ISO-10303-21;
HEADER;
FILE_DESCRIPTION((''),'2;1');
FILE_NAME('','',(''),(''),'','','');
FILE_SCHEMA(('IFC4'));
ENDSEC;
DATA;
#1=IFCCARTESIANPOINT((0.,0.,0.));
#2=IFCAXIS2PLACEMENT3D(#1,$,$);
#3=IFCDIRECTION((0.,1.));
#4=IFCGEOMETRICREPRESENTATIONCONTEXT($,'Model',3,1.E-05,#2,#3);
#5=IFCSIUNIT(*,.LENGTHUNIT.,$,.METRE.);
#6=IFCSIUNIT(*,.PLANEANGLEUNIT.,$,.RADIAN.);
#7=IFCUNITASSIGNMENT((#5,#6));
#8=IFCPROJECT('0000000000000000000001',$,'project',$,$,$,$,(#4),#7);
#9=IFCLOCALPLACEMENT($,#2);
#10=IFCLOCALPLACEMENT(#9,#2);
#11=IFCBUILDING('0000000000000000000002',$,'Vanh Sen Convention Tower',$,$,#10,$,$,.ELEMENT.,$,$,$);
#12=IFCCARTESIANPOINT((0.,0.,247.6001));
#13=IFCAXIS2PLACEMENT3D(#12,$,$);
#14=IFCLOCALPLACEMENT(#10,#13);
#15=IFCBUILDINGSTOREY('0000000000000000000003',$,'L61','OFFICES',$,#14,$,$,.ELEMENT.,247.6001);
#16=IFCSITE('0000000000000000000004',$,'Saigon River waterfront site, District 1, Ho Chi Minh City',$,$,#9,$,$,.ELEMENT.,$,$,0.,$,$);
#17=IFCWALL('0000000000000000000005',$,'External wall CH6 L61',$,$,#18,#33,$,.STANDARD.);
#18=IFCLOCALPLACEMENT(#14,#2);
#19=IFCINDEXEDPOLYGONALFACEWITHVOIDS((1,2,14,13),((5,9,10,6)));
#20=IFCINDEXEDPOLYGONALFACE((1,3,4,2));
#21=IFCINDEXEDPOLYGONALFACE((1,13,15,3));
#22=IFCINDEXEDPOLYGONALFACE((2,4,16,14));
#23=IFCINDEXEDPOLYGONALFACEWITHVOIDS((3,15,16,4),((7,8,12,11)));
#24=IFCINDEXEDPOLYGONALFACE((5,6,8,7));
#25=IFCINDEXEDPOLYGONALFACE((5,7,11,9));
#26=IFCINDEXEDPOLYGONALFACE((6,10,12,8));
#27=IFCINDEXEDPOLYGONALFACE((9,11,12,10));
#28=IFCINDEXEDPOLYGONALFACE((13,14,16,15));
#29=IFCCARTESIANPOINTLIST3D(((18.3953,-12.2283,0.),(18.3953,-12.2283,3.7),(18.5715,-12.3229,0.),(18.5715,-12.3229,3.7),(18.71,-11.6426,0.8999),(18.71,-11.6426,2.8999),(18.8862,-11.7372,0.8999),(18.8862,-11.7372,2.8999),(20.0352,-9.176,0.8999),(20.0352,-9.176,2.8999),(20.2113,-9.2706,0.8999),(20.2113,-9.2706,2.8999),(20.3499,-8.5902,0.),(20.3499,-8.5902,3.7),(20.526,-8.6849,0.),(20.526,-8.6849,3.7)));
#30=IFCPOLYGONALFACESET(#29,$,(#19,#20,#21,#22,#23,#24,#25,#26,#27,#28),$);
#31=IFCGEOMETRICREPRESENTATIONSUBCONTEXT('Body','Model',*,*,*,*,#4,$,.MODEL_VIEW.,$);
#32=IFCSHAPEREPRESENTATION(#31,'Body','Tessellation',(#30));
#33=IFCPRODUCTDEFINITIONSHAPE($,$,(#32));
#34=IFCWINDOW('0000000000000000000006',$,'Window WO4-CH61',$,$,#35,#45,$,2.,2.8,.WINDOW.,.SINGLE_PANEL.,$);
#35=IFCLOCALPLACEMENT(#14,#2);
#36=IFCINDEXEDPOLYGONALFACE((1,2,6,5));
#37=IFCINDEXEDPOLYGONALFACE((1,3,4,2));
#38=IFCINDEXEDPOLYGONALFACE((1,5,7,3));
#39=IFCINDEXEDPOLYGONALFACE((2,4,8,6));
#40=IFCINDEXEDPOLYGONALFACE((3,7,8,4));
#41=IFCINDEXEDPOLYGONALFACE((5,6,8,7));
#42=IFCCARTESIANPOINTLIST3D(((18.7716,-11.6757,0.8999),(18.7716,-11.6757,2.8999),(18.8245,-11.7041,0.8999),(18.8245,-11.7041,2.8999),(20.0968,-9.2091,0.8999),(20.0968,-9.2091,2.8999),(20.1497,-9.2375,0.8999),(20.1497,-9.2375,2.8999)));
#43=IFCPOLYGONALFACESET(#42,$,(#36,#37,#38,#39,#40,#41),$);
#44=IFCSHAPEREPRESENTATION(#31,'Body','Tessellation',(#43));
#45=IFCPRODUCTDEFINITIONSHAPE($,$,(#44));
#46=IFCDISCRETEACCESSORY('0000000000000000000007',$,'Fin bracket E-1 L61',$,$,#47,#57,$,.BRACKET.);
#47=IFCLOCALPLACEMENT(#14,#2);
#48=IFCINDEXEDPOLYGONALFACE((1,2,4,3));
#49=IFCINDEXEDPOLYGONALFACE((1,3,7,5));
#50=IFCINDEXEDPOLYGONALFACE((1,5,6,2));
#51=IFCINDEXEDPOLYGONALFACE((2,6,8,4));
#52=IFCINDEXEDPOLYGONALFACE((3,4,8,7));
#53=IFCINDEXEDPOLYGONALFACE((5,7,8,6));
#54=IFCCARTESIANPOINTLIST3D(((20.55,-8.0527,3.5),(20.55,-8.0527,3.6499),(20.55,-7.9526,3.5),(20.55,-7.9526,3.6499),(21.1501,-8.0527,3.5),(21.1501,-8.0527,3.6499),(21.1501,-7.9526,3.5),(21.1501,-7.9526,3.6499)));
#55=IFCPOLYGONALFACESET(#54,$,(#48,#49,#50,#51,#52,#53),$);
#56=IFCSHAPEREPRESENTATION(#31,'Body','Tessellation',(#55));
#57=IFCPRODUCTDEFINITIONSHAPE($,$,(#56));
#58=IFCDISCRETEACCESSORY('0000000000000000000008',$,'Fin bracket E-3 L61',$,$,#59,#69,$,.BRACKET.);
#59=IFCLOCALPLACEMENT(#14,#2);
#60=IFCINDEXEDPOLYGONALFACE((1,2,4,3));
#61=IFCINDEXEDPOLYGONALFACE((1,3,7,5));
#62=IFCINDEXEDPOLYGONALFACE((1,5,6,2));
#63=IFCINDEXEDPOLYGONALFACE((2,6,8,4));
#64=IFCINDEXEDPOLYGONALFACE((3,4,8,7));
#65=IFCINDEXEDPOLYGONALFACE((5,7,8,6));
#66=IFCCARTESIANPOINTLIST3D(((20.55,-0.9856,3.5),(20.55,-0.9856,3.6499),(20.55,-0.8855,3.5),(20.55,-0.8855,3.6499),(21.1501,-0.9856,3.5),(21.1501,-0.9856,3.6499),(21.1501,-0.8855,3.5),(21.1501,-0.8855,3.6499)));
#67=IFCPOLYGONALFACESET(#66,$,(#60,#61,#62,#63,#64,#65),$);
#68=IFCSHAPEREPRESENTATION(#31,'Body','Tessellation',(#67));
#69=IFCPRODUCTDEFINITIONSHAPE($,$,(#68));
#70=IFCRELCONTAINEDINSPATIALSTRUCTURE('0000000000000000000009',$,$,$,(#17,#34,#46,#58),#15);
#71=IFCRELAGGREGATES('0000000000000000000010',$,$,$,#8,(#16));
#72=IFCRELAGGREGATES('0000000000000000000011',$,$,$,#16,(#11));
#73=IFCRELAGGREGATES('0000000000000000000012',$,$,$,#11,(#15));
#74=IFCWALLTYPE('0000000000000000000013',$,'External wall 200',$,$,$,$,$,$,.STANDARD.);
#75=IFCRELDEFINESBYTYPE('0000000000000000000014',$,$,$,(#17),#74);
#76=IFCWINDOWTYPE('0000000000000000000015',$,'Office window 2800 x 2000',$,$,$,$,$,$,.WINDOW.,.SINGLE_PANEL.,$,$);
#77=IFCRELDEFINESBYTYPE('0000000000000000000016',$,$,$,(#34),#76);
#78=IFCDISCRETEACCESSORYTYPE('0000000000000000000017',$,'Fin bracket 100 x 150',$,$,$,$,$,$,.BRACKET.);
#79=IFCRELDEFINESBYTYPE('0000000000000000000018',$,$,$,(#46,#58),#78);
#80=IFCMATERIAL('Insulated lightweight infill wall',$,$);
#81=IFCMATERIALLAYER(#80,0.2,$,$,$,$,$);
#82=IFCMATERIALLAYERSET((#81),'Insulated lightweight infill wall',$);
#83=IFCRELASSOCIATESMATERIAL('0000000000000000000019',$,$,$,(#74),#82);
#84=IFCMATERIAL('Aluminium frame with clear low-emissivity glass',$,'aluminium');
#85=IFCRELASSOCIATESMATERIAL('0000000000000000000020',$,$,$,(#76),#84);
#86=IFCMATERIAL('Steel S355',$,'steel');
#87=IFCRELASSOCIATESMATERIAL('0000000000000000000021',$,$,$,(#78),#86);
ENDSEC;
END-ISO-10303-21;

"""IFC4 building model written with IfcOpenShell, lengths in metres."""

from ifc_helpers import new_model, si_unit, direction, frame, frame_2d, origin, origin_2d, place, context, subcontext, project, spatial, rectangle, extrude, material, layer, layer_set, type_object, element, fill, save


model = new_model("IFC4")

# Units and contexts
model_context = context("Model", 3, precision=1e-05, world=origin(), true_north=direction((0.0, 1.0)))
body_context = subcontext(model_context, "Body", "Model", "MODEL_VIEW")
ifc_project = project(units=[si_unit("LENGTHUNIT", "METRE"), si_unit("PLANEANGLEUNIT", "RADIAN")], contexts=[model_context])

# Site, building, storey
site_placement = place(None, origin())
site = spatial("IfcSite", under=ifc_project, at=site_placement, Name="Saigon River waterfront site, District 1, Ho Chi Minh City", CompositionType="ELEMENT", RefElevation=0.0)
building_placement = place(site_placement, origin())
building = spatial("IfcBuilding", under=site, at=building_placement, Name="Vanh Sen Convention Tower", CompositionType="ELEMENT")
storey_placement = place(building_placement, frame((0.0, 0.0, 247.6001)))
storey = spatial("IfcBuildingStorey", under=building, at=storey_placement, Name="L61", Description="OFFICES", CompositionType="ELEMENT", Elevation=247.6001)

# Shared definitions
ifc_material_1 = material(Name="Insulated lightweight infill wall")
ifc_layer_1 = layer(ifc_material_1, 0.2)
ifc_layer_set_1 = layer_set([ifc_layer_1], Name="Insulated lightweight infill wall")
wall_type = type_object("IfcWallType", Name="External wall 200", PredefinedType="STANDARD", material=ifc_layer_set_1)
ifc_material_2 = material(Name="Aluminium frame with clear low-emissivity glass", Category="aluminium")

# Wall, opening, window
wall_1_placement = place(storey_placement, frame((18.4834, -12.2756, 0.0), z_axis=(0.0, 0.0, 1.0), x_axis=(0.473268, 0.880919, 0.0)))
wall_1 = element("IfcWall", 1, at=wall_1_placement, inside=storey, type_object=wall_type, Name="External wall CH6 L61", PredefinedType="STANDARD", context=body_context, shape_type="SweptSolid", body=[
    extrude(rectangle(XDim=4.1299, YDim=0.2, at=frame_2d((2.0649, 0.0))), origin(), (0.0, 0.0, 1.0), 3.7),
])
opening_1_placement = place(wall_1_placement, frame((0.665, 0.0, 0.8999)))
opening_1 = element("IfcOpeningElement", 2, at=opening_1_placement, cuts=wall_1, PredefinedType="OPENING", context=body_context, shape_type="SweptSolid", body=[
    extrude(rectangle(XDim=2.8, YDim=2.0, at=frame_2d((1.3999, 1.0))), frame((0.0, 0.1099, 0.0), z_axis=(0.0, -1.0, 0.0), x_axis=(1.0, 0.0, 0.0)), (0.0, 0.0, 1.0), 0.22),
])
window_type_1 = type_object("IfcWindowType", Name="Office window 2800 x 2000", PartitioningType="SINGLE_PANEL", PredefinedType="WINDOW", material=ifc_material_2)
window_1_placement = place(opening_1_placement, origin())
window_1 = element("IfcWindow", 3, at=window_1_placement, inside=storey, type_object=window_type_1, Name="Window WO4-CH61", OverallHeight=2.0, OverallWidth=2.8, PartitioningType="SINGLE_PANEL", PredefinedType="WINDOW", context=body_context, shape_type="SweptSolid", body=[
    extrude(rectangle(XDim=2.8, YDim=2.0, at=frame_2d((1.3999, 1.0))), frame((0.0, 0.03, 0.0), z_axis=(0.0, -1.0, 0.0), x_axis=(1.0, 0.0, 0.0)), (0.0, 0.0, 1.0), 0.0601),
])
fill(opening_1, window_1)

# Discrete accessories
ifc_material_3 = material(Name="Steel S355", Category="steel")
discrete_accessory_type = type_object("IfcDiscreteAccessoryType", Name="Fin bracket 100 x 150", PredefinedType="BRACKET", material=ifc_material_3)
for number, where, z_axis, x_axis, name in (
    (4, (20.8501, -8.0027, 3.5), (0.0, 0.0, 1.0), (1.0, 0.0, 0.0), "Fin bracket E-1 L61"),
    (5, (20.8501, -0.9355, 3.5), (0.0, 0.0, 1.0), (1.0, 0.0, 0.0), "Fin bracket E-3 L61"),
):
    element("IfcDiscreteAccessory", number, at=place(storey_placement, frame(where, z_axis=z_axis, x_axis=x_axis)), inside=storey, type_object=discrete_accessory_type, Name=name, PredefinedType="BRACKET", context=body_context, shape_type="SweptSolid", body=[
        extrude(rectangle(XDim=0.6001, YDim=0.1001, at=origin_2d()), origin(), (0.0, 0.0, 1.0), 0.1499),
    ])

save(model, "model.ifc")
